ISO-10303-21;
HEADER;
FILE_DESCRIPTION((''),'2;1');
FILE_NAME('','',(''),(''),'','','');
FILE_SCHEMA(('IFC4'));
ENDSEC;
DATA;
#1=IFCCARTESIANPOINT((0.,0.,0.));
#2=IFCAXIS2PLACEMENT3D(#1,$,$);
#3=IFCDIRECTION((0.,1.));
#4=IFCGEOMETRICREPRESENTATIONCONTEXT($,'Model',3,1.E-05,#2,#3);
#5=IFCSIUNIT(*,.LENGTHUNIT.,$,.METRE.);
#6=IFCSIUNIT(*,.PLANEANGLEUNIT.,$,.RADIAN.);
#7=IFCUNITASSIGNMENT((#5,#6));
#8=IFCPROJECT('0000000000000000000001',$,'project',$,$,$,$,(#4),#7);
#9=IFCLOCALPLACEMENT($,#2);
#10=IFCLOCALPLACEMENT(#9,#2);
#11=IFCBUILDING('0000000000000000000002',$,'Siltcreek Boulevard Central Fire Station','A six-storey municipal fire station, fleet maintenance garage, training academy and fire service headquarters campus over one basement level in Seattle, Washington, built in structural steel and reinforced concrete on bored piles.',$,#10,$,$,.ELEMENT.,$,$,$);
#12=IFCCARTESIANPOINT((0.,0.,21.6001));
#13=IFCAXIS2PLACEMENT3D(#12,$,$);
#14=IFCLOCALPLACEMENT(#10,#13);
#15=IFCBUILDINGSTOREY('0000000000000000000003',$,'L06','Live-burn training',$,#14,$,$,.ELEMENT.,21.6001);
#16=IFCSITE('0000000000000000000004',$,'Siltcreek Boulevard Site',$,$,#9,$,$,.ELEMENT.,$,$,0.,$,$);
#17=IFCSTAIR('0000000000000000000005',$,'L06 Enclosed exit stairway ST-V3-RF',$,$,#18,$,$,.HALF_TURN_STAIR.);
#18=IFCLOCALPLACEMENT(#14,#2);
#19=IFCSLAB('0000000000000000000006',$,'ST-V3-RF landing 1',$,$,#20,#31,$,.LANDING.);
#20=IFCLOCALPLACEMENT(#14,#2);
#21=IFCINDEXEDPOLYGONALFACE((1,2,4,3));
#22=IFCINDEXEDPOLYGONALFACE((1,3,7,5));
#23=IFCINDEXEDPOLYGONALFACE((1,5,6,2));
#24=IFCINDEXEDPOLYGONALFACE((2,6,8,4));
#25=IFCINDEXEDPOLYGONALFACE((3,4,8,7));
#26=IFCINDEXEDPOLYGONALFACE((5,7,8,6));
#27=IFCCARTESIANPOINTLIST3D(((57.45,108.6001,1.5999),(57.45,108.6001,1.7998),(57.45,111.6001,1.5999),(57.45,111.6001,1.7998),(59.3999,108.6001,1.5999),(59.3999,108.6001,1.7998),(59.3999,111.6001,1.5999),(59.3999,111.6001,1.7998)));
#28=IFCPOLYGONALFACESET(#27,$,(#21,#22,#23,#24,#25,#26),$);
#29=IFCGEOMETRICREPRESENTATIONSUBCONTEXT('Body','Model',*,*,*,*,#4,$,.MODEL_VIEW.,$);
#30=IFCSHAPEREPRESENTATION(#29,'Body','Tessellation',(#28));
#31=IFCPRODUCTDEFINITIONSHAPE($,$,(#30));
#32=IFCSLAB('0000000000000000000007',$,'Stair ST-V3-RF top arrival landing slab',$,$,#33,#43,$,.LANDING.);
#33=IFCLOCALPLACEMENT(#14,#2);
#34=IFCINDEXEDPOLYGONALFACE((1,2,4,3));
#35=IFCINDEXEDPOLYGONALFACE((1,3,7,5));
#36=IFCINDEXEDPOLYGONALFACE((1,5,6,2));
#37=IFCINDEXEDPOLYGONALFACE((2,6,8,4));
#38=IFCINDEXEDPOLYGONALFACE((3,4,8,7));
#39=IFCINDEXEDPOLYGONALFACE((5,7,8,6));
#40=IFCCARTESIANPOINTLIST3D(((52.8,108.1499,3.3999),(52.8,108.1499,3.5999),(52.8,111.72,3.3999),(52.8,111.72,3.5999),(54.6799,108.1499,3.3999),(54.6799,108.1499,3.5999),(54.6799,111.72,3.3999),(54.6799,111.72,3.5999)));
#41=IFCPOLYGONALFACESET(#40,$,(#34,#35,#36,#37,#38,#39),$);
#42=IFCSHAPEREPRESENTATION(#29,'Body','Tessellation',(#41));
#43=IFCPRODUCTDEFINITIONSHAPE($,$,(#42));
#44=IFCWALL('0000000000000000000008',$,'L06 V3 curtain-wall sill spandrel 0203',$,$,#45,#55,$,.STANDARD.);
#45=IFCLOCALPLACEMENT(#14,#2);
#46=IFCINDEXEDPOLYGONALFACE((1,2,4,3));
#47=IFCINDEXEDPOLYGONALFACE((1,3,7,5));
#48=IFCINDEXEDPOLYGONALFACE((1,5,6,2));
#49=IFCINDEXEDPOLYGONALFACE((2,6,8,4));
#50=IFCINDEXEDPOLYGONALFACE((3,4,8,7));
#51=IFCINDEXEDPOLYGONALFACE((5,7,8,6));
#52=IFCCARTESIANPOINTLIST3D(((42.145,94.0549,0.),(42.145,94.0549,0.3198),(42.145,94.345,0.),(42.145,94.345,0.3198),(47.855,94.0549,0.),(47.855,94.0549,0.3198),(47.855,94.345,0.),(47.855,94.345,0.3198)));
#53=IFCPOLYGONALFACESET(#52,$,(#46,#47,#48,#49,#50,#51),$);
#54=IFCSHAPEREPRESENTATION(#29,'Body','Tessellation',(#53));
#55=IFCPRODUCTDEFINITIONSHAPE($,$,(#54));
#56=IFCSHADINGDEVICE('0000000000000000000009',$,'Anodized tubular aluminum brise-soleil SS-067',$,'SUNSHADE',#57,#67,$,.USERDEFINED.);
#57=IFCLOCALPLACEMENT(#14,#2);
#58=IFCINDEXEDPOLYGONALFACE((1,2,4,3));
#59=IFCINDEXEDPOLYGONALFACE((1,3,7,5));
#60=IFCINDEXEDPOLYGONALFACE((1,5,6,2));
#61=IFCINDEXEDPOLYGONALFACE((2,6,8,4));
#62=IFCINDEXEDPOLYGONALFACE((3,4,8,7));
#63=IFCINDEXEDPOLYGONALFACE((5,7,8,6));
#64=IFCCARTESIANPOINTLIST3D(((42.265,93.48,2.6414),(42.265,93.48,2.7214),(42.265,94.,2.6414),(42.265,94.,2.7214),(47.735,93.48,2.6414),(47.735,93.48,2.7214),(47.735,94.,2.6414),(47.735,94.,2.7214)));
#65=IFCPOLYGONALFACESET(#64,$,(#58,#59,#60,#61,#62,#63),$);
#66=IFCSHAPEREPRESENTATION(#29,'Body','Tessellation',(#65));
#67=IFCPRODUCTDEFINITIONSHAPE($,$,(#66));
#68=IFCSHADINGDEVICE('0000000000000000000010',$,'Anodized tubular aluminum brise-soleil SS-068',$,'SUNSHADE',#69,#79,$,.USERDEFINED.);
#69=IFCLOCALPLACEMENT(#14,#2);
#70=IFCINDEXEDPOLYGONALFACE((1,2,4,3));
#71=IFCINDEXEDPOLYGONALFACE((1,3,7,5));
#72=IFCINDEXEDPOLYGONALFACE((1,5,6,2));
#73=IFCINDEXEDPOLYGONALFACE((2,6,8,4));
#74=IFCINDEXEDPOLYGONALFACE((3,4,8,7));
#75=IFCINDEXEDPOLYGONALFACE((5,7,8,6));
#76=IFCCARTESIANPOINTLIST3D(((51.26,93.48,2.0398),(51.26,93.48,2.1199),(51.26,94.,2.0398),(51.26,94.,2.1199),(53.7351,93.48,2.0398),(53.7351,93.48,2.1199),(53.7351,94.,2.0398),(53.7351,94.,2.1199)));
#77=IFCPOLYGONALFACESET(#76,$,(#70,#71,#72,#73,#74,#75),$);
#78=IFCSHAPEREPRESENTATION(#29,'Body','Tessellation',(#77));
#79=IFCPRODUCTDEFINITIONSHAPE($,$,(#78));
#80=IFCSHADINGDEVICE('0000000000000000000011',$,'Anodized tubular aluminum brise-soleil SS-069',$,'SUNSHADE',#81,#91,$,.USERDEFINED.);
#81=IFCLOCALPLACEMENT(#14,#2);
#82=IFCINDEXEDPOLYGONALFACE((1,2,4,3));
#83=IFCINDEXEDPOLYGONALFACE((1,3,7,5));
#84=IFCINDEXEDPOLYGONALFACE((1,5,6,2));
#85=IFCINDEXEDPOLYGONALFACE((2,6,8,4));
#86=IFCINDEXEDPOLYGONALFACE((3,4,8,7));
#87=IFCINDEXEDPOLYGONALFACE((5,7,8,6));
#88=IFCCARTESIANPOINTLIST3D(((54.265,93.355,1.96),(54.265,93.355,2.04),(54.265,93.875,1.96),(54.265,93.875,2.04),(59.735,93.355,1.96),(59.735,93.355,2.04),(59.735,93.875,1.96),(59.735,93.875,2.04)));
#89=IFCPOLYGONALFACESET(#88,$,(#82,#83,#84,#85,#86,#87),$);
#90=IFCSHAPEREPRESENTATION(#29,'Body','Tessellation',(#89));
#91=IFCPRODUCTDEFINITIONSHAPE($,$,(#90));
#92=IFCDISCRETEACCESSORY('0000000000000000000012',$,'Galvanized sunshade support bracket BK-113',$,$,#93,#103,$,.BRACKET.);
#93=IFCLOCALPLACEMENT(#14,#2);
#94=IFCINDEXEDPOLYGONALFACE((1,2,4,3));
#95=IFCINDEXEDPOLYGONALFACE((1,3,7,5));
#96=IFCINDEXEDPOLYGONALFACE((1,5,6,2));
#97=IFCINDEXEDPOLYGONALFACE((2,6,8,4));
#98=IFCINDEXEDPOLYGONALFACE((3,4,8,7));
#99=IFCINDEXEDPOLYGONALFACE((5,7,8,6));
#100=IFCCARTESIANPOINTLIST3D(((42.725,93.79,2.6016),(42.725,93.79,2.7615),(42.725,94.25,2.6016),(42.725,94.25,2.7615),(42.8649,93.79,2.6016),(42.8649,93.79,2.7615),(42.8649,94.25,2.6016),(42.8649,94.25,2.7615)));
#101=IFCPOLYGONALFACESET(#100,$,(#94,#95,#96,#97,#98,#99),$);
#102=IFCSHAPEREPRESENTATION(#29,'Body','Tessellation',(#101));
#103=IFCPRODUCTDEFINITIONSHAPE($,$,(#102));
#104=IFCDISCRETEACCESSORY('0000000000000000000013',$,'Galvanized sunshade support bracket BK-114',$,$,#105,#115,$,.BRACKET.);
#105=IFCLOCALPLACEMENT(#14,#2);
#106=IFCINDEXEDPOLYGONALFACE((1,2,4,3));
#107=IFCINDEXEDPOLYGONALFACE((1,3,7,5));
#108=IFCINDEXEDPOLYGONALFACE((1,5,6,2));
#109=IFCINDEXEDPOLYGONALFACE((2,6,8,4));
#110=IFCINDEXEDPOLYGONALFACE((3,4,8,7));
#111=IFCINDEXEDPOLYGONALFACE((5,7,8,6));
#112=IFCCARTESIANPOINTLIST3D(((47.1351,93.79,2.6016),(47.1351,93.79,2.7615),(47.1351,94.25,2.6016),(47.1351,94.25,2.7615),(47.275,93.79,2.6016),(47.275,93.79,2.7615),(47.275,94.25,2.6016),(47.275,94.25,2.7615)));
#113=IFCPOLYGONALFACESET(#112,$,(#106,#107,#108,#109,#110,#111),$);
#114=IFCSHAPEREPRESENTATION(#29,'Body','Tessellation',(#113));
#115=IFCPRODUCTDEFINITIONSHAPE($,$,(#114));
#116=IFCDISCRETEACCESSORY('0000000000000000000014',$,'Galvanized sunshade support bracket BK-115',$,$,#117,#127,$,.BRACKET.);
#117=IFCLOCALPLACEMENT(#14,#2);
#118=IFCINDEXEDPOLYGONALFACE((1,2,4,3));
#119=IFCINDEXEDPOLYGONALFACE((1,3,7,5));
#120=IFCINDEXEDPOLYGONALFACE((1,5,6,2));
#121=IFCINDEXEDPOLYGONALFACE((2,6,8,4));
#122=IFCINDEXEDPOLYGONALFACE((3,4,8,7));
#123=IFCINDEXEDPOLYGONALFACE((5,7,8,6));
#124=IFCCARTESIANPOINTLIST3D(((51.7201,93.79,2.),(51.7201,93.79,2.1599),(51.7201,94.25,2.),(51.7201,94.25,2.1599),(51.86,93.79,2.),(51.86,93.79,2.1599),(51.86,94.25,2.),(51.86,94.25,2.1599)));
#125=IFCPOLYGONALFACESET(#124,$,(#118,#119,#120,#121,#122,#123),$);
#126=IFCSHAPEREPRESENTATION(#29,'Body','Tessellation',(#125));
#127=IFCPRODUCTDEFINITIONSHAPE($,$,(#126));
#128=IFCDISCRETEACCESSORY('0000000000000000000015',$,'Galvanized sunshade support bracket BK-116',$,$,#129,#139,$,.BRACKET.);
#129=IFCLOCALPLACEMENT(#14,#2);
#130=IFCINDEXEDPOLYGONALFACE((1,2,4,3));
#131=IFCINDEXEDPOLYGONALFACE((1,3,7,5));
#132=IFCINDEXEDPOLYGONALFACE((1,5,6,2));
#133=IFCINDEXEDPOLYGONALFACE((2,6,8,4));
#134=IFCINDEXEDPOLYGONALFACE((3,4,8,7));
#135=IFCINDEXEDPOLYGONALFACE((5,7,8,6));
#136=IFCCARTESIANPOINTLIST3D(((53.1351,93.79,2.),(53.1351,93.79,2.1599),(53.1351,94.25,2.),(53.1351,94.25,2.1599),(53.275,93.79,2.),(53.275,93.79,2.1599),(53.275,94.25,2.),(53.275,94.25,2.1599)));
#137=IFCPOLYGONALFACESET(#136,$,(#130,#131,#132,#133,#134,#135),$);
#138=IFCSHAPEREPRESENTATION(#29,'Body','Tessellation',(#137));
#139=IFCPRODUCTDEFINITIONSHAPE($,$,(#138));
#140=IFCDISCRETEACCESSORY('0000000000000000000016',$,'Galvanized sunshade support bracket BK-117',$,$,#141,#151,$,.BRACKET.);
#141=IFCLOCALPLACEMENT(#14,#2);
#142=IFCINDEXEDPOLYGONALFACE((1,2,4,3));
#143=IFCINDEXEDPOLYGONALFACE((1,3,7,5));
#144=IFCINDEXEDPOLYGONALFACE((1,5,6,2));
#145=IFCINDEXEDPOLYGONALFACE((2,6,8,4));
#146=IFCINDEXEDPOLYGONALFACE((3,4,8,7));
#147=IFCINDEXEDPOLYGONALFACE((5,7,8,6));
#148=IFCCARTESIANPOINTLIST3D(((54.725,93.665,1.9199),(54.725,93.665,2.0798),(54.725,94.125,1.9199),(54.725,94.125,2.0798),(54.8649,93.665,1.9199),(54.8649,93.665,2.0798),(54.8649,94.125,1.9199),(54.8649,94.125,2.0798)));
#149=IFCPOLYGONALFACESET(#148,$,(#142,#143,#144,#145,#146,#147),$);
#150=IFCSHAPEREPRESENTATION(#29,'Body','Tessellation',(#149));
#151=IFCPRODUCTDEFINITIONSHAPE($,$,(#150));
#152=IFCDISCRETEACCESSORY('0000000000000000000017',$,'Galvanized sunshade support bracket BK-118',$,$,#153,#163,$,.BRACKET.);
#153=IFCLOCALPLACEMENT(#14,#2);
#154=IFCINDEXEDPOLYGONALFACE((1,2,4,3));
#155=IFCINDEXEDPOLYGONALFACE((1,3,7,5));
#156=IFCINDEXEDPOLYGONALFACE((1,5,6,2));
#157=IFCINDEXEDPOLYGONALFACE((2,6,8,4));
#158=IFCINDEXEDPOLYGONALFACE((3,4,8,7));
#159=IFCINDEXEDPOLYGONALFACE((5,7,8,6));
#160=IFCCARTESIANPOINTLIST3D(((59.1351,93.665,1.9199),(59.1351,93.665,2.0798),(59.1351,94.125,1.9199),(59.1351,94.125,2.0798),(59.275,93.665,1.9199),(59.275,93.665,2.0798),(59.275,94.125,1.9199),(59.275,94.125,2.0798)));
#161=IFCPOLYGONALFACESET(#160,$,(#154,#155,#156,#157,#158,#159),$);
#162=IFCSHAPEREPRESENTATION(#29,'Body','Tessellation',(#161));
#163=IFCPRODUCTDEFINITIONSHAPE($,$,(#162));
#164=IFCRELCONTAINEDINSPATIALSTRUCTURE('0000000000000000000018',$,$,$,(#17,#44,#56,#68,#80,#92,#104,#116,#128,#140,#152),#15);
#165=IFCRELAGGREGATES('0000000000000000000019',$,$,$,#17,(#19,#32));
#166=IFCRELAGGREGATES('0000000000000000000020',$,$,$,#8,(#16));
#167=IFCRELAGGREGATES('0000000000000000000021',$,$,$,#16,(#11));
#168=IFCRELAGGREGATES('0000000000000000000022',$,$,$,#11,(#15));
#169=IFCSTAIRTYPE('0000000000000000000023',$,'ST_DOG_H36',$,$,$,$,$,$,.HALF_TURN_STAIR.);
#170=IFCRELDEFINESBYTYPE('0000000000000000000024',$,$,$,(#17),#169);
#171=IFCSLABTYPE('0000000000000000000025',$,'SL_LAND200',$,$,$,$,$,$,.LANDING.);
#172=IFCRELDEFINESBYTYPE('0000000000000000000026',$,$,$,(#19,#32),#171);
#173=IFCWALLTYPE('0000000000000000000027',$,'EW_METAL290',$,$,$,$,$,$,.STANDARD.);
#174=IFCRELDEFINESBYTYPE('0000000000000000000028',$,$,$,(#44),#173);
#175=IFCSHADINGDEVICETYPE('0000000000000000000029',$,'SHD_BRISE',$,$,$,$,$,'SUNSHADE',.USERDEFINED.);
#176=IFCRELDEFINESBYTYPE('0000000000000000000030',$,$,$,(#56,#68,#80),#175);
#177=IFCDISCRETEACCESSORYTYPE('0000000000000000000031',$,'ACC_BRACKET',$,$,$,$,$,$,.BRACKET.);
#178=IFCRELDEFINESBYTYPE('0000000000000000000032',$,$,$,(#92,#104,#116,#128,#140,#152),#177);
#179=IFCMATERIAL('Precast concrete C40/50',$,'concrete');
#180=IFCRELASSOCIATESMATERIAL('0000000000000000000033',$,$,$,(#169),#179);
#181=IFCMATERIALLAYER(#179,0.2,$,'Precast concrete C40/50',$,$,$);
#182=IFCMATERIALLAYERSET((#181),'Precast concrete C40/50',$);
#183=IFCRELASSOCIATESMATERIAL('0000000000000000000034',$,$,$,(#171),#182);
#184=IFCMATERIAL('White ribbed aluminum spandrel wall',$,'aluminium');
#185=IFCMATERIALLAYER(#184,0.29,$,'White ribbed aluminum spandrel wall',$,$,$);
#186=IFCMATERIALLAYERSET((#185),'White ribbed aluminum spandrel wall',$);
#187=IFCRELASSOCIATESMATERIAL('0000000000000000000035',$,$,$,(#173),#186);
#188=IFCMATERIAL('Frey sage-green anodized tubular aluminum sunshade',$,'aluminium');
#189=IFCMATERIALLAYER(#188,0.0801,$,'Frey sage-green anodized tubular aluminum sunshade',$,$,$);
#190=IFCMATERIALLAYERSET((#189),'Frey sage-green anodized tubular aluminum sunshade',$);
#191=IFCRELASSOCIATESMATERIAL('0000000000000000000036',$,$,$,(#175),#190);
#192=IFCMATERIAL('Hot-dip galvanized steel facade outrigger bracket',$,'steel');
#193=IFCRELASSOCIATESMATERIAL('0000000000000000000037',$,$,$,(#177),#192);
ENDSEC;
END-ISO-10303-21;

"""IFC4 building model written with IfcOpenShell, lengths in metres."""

from ifc_helpers import new_model, si_unit, direction, frame, frame_2d, origin, origin_2d, place, context, subcontext, project, spatial, polyline, rectangle, outline, extrude, material, layer, layer_set, type_object, element, aggregate, save


model = new_model("IFC4")

# Units and contexts
model_context = context("Model", 3, precision=1e-05, world=origin(), true_north=direction((0.0, 1.0)))
body_context = subcontext(model_context, "Body", "Model", "MODEL_VIEW")
ifc_project = project(units=[si_unit("LENGTHUNIT", "METRE"), si_unit("PLANEANGLEUNIT", "RADIAN")], contexts=[model_context])

# Site, building, storey
site_placement = place(None, origin())
site = spatial("IfcSite", under=ifc_project, at=site_placement, Name="Siltcreek Boulevard Site", CompositionType="ELEMENT", RefElevation=0.0)
building_placement = place(site_placement, origin())
building = spatial("IfcBuilding", under=site, at=building_placement, Name="Siltcreek Boulevard Central Fire Station", Description="A six-storey municipal fire station, fleet maintenance garage, training academy and fire service headquarters campus over one basement level in Seattle, Washington, built in structural steel and reinforced concrete on bored piles.", CompositionType="ELEMENT")
storey_placement = place(building_placement, frame((0.0, 0.0, 21.6001)))
storey = spatial("IfcBuildingStorey", under=building, at=storey_placement, Name="L06", Description="Live-burn training", CompositionType="ELEMENT", Elevation=21.6001)

# Stair, slabs
ifc_material_1 = material(Name="Precast concrete C40/50", Category="concrete")
stair_type = type_object("IfcStairType", Name="ST_DOG_H36", PredefinedType="HALF_TURN_STAIR", material=ifc_material_1)
stair_placement = place(storey_placement, origin())
stair = element("IfcStair", 1, at=stair_placement, inside=storey, type_object=stair_type, Name="L06 Enclosed exit stairway ST-V3-RF", PredefinedType="HALF_TURN_STAIR")
ifc_layer_1 = layer(ifc_material_1, 0.2, Name="Precast concrete C40/50")
ifc_layer_set_1 = layer_set([ifc_layer_1], Name="Precast concrete C40/50")
slab_type_1 = type_object("IfcSlabType", Name="SL_LAND200", PredefinedType="LANDING", material=ifc_layer_set_1)
slab_1_placement = place(storey_placement, frame((0.0, 0.0, 1.5999)))
slab_1 = element("IfcSlab", 2, at=slab_1_placement, type_object=slab_type_1, Name="ST-V3-RF landing 1", PredefinedType="LANDING", context=body_context, shape_type="SweptSolid", body=[
    extrude(outline(polyline([(57.45, 108.6001), (59.3999, 108.6001), (59.3999, 111.6001), (57.45, 111.6001), (57.45, 108.6001)])), origin(), (0.0, 0.0, 1.0), 0.2),
])
placement = place(building_placement, frame((0.0, 0.0, 25.2)))
slab_2_placement = place(placement, frame((0.0, 0.0, -0.2)))
slab_2 = element("IfcSlab", 3, at=slab_2_placement, type_object=slab_type_1, Name="Stair ST-V3-RF top arrival landing slab", PredefinedType="LANDING", context=body_context, shape_type="SweptSolid", body=[
    extrude(outline(polyline([(52.8, 108.1499), (54.6799, 108.1499), (54.6799, 111.72), (52.8, 111.72), (52.8, 108.1499)])), origin(), (0.0, 0.0, 1.0), 0.2),
])
aggregate(stair, [slab_1, slab_2])

# Wall
ifc_material_2 = material(Name="White ribbed aluminum spandrel wall", Category="aluminium")
ifc_layer_2 = layer(ifc_material_2, 0.29, Name="White ribbed aluminum spandrel wall")
ifc_layer_set_2 = layer_set([ifc_layer_2], Name="White ribbed aluminum spandrel wall")
wall_type = type_object("IfcWallType", Name="EW_METAL290", PredefinedType="STANDARD", material=ifc_layer_set_2)
wall_placement = place(storey_placement, frame((42.145, 94.2, 0.0), z_axis=(0.0, 0.0, 1.0), x_axis=(1.0, 0.0, 0.0)))
element("IfcWall", 4, at=wall_placement, inside=storey, type_object=wall_type, Name="L06 V3 curtain-wall sill spandrel 0203", PredefinedType="STANDARD", context=body_context, shape_type="SweptSolid", body=[
    extrude(rectangle(XDim=5.71, YDim=0.29, at=frame_2d((2.855, 0.0))), origin(), (0.0, 0.0, 1.0), 0.3198),
])

# Shading devices
ifc_material_3 = material(Name="Frey sage-green anodized tubular aluminum sunshade", Category="aluminium")
ifc_layer_3 = layer(ifc_material_3, 0.0801, Name="Frey sage-green anodized tubular aluminum sunshade")
ifc_layer_set_3 = layer_set([ifc_layer_3], Name="Frey sage-green anodized tubular aluminum sunshade")
shading_device_type = type_object("IfcShadingDeviceType", Name="SHD_BRISE", ElementType="SUNSHADE", PredefinedType="USERDEFINED", material=ifc_layer_set_3)
shading_device_1_placement = place(storey_placement, frame((45.0, 93.74, 2.6414), z_axis=(0.0, 0.0, 1.0), x_axis=(1.0, 0.0, 0.0)))
element("IfcShadingDevice", 5, at=shading_device_1_placement, inside=storey, type_object=shading_device_type, Name="Anodized tubular aluminum brise-soleil SS-067", ObjectType="SUNSHADE", PredefinedType="USERDEFINED", context=body_context, shape_type="SweptSolid", body=[
    extrude(rectangle(XDim=5.47, YDim=0.52, at=origin_2d()), origin(), (0.0, 0.0, 1.0), 0.0801),
])
shading_device_2_placement = place(storey_placement, frame((52.4976, 93.74, 2.0398), z_axis=(0.0, 0.0, 1.0), x_axis=(1.0, 0.0, 0.0)))
element("IfcShadingDevice", 6, at=shading_device_2_placement, inside=storey, type_object=shading_device_type, Name="Anodized tubular aluminum brise-soleil SS-068", ObjectType="SUNSHADE", PredefinedType="USERDEFINED", context=body_context, shape_type="SweptSolid", body=[
    extrude(rectangle(XDim=2.4751, YDim=0.52, at=origin_2d()), origin(), (0.0, 0.0, 1.0), 0.0801),
])
shading_device_3_placement = place(storey_placement, frame((57.0, 93.615, 1.96), z_axis=(0.0, 0.0, 1.0), x_axis=(1.0, 0.0, 0.0)))
element("IfcShadingDevice", 7, at=shading_device_3_placement, inside=storey, type_object=shading_device_type, Name="Anodized tubular aluminum brise-soleil SS-069", ObjectType="SUNSHADE", PredefinedType="USERDEFINED", context=body_context, shape_type="SweptSolid", body=[
    extrude(rectangle(XDim=5.47, YDim=0.52, at=origin_2d()), origin(), (0.0, 0.0, 1.0), 0.0801),
])

# Discrete accessories
ifc_material_4 = material(Name="Hot-dip galvanized steel facade outrigger bracket", Category="steel")
discrete_accessory_type = type_object("IfcDiscreteAccessoryType", Name="ACC_BRACKET", PredefinedType="BRACKET", material=ifc_material_4)
for number, where, z_axis, x_axis, name in (
    (8, (42.7949, 94.02, 2.6016), (0.0, 0.0, 1.0), (1.0, 0.0, 0.0), "Galvanized sunshade support bracket BK-113"),
    (9, (47.2051, 94.02, 2.6016), (0.0, 0.0, 1.0), (1.0, 0.0, 0.0), "Galvanized sunshade support bracket BK-114"),
    (10, (51.79, 94.02, 2.0), (0.0, 0.0, 1.0), (1.0, 0.0, 0.0), "Galvanized sunshade support bracket BK-115"),
    (11, (53.2051, 94.02, 2.0), (0.0, 0.0, 1.0), (1.0, 0.0, 0.0), "Galvanized sunshade support bracket BK-116"),
    (12, (54.7949, 93.895, 1.9199), (0.0, 0.0, 1.0), (1.0, 0.0, 0.0), "Galvanized sunshade support bracket BK-117"),
    (13, (59.2051, 93.895, 1.9199), (0.0, 0.0, 1.0), (1.0, 0.0, 0.0), "Galvanized sunshade support bracket BK-118"),
):
    element("IfcDiscreteAccessory", number, at=place(storey_placement, frame(where, z_axis=z_axis, x_axis=x_axis)), inside=storey, type_object=discrete_accessory_type, Name=name, PredefinedType="BRACKET", context=body_context, shape_type="SweptSolid", body=[
        extrude(rectangle(XDim=0.1399, YDim=0.46, at=origin_2d()), origin(), (0.0, 0.0, 1.0), 0.1599),
    ])

save(model, "model.ifc")
